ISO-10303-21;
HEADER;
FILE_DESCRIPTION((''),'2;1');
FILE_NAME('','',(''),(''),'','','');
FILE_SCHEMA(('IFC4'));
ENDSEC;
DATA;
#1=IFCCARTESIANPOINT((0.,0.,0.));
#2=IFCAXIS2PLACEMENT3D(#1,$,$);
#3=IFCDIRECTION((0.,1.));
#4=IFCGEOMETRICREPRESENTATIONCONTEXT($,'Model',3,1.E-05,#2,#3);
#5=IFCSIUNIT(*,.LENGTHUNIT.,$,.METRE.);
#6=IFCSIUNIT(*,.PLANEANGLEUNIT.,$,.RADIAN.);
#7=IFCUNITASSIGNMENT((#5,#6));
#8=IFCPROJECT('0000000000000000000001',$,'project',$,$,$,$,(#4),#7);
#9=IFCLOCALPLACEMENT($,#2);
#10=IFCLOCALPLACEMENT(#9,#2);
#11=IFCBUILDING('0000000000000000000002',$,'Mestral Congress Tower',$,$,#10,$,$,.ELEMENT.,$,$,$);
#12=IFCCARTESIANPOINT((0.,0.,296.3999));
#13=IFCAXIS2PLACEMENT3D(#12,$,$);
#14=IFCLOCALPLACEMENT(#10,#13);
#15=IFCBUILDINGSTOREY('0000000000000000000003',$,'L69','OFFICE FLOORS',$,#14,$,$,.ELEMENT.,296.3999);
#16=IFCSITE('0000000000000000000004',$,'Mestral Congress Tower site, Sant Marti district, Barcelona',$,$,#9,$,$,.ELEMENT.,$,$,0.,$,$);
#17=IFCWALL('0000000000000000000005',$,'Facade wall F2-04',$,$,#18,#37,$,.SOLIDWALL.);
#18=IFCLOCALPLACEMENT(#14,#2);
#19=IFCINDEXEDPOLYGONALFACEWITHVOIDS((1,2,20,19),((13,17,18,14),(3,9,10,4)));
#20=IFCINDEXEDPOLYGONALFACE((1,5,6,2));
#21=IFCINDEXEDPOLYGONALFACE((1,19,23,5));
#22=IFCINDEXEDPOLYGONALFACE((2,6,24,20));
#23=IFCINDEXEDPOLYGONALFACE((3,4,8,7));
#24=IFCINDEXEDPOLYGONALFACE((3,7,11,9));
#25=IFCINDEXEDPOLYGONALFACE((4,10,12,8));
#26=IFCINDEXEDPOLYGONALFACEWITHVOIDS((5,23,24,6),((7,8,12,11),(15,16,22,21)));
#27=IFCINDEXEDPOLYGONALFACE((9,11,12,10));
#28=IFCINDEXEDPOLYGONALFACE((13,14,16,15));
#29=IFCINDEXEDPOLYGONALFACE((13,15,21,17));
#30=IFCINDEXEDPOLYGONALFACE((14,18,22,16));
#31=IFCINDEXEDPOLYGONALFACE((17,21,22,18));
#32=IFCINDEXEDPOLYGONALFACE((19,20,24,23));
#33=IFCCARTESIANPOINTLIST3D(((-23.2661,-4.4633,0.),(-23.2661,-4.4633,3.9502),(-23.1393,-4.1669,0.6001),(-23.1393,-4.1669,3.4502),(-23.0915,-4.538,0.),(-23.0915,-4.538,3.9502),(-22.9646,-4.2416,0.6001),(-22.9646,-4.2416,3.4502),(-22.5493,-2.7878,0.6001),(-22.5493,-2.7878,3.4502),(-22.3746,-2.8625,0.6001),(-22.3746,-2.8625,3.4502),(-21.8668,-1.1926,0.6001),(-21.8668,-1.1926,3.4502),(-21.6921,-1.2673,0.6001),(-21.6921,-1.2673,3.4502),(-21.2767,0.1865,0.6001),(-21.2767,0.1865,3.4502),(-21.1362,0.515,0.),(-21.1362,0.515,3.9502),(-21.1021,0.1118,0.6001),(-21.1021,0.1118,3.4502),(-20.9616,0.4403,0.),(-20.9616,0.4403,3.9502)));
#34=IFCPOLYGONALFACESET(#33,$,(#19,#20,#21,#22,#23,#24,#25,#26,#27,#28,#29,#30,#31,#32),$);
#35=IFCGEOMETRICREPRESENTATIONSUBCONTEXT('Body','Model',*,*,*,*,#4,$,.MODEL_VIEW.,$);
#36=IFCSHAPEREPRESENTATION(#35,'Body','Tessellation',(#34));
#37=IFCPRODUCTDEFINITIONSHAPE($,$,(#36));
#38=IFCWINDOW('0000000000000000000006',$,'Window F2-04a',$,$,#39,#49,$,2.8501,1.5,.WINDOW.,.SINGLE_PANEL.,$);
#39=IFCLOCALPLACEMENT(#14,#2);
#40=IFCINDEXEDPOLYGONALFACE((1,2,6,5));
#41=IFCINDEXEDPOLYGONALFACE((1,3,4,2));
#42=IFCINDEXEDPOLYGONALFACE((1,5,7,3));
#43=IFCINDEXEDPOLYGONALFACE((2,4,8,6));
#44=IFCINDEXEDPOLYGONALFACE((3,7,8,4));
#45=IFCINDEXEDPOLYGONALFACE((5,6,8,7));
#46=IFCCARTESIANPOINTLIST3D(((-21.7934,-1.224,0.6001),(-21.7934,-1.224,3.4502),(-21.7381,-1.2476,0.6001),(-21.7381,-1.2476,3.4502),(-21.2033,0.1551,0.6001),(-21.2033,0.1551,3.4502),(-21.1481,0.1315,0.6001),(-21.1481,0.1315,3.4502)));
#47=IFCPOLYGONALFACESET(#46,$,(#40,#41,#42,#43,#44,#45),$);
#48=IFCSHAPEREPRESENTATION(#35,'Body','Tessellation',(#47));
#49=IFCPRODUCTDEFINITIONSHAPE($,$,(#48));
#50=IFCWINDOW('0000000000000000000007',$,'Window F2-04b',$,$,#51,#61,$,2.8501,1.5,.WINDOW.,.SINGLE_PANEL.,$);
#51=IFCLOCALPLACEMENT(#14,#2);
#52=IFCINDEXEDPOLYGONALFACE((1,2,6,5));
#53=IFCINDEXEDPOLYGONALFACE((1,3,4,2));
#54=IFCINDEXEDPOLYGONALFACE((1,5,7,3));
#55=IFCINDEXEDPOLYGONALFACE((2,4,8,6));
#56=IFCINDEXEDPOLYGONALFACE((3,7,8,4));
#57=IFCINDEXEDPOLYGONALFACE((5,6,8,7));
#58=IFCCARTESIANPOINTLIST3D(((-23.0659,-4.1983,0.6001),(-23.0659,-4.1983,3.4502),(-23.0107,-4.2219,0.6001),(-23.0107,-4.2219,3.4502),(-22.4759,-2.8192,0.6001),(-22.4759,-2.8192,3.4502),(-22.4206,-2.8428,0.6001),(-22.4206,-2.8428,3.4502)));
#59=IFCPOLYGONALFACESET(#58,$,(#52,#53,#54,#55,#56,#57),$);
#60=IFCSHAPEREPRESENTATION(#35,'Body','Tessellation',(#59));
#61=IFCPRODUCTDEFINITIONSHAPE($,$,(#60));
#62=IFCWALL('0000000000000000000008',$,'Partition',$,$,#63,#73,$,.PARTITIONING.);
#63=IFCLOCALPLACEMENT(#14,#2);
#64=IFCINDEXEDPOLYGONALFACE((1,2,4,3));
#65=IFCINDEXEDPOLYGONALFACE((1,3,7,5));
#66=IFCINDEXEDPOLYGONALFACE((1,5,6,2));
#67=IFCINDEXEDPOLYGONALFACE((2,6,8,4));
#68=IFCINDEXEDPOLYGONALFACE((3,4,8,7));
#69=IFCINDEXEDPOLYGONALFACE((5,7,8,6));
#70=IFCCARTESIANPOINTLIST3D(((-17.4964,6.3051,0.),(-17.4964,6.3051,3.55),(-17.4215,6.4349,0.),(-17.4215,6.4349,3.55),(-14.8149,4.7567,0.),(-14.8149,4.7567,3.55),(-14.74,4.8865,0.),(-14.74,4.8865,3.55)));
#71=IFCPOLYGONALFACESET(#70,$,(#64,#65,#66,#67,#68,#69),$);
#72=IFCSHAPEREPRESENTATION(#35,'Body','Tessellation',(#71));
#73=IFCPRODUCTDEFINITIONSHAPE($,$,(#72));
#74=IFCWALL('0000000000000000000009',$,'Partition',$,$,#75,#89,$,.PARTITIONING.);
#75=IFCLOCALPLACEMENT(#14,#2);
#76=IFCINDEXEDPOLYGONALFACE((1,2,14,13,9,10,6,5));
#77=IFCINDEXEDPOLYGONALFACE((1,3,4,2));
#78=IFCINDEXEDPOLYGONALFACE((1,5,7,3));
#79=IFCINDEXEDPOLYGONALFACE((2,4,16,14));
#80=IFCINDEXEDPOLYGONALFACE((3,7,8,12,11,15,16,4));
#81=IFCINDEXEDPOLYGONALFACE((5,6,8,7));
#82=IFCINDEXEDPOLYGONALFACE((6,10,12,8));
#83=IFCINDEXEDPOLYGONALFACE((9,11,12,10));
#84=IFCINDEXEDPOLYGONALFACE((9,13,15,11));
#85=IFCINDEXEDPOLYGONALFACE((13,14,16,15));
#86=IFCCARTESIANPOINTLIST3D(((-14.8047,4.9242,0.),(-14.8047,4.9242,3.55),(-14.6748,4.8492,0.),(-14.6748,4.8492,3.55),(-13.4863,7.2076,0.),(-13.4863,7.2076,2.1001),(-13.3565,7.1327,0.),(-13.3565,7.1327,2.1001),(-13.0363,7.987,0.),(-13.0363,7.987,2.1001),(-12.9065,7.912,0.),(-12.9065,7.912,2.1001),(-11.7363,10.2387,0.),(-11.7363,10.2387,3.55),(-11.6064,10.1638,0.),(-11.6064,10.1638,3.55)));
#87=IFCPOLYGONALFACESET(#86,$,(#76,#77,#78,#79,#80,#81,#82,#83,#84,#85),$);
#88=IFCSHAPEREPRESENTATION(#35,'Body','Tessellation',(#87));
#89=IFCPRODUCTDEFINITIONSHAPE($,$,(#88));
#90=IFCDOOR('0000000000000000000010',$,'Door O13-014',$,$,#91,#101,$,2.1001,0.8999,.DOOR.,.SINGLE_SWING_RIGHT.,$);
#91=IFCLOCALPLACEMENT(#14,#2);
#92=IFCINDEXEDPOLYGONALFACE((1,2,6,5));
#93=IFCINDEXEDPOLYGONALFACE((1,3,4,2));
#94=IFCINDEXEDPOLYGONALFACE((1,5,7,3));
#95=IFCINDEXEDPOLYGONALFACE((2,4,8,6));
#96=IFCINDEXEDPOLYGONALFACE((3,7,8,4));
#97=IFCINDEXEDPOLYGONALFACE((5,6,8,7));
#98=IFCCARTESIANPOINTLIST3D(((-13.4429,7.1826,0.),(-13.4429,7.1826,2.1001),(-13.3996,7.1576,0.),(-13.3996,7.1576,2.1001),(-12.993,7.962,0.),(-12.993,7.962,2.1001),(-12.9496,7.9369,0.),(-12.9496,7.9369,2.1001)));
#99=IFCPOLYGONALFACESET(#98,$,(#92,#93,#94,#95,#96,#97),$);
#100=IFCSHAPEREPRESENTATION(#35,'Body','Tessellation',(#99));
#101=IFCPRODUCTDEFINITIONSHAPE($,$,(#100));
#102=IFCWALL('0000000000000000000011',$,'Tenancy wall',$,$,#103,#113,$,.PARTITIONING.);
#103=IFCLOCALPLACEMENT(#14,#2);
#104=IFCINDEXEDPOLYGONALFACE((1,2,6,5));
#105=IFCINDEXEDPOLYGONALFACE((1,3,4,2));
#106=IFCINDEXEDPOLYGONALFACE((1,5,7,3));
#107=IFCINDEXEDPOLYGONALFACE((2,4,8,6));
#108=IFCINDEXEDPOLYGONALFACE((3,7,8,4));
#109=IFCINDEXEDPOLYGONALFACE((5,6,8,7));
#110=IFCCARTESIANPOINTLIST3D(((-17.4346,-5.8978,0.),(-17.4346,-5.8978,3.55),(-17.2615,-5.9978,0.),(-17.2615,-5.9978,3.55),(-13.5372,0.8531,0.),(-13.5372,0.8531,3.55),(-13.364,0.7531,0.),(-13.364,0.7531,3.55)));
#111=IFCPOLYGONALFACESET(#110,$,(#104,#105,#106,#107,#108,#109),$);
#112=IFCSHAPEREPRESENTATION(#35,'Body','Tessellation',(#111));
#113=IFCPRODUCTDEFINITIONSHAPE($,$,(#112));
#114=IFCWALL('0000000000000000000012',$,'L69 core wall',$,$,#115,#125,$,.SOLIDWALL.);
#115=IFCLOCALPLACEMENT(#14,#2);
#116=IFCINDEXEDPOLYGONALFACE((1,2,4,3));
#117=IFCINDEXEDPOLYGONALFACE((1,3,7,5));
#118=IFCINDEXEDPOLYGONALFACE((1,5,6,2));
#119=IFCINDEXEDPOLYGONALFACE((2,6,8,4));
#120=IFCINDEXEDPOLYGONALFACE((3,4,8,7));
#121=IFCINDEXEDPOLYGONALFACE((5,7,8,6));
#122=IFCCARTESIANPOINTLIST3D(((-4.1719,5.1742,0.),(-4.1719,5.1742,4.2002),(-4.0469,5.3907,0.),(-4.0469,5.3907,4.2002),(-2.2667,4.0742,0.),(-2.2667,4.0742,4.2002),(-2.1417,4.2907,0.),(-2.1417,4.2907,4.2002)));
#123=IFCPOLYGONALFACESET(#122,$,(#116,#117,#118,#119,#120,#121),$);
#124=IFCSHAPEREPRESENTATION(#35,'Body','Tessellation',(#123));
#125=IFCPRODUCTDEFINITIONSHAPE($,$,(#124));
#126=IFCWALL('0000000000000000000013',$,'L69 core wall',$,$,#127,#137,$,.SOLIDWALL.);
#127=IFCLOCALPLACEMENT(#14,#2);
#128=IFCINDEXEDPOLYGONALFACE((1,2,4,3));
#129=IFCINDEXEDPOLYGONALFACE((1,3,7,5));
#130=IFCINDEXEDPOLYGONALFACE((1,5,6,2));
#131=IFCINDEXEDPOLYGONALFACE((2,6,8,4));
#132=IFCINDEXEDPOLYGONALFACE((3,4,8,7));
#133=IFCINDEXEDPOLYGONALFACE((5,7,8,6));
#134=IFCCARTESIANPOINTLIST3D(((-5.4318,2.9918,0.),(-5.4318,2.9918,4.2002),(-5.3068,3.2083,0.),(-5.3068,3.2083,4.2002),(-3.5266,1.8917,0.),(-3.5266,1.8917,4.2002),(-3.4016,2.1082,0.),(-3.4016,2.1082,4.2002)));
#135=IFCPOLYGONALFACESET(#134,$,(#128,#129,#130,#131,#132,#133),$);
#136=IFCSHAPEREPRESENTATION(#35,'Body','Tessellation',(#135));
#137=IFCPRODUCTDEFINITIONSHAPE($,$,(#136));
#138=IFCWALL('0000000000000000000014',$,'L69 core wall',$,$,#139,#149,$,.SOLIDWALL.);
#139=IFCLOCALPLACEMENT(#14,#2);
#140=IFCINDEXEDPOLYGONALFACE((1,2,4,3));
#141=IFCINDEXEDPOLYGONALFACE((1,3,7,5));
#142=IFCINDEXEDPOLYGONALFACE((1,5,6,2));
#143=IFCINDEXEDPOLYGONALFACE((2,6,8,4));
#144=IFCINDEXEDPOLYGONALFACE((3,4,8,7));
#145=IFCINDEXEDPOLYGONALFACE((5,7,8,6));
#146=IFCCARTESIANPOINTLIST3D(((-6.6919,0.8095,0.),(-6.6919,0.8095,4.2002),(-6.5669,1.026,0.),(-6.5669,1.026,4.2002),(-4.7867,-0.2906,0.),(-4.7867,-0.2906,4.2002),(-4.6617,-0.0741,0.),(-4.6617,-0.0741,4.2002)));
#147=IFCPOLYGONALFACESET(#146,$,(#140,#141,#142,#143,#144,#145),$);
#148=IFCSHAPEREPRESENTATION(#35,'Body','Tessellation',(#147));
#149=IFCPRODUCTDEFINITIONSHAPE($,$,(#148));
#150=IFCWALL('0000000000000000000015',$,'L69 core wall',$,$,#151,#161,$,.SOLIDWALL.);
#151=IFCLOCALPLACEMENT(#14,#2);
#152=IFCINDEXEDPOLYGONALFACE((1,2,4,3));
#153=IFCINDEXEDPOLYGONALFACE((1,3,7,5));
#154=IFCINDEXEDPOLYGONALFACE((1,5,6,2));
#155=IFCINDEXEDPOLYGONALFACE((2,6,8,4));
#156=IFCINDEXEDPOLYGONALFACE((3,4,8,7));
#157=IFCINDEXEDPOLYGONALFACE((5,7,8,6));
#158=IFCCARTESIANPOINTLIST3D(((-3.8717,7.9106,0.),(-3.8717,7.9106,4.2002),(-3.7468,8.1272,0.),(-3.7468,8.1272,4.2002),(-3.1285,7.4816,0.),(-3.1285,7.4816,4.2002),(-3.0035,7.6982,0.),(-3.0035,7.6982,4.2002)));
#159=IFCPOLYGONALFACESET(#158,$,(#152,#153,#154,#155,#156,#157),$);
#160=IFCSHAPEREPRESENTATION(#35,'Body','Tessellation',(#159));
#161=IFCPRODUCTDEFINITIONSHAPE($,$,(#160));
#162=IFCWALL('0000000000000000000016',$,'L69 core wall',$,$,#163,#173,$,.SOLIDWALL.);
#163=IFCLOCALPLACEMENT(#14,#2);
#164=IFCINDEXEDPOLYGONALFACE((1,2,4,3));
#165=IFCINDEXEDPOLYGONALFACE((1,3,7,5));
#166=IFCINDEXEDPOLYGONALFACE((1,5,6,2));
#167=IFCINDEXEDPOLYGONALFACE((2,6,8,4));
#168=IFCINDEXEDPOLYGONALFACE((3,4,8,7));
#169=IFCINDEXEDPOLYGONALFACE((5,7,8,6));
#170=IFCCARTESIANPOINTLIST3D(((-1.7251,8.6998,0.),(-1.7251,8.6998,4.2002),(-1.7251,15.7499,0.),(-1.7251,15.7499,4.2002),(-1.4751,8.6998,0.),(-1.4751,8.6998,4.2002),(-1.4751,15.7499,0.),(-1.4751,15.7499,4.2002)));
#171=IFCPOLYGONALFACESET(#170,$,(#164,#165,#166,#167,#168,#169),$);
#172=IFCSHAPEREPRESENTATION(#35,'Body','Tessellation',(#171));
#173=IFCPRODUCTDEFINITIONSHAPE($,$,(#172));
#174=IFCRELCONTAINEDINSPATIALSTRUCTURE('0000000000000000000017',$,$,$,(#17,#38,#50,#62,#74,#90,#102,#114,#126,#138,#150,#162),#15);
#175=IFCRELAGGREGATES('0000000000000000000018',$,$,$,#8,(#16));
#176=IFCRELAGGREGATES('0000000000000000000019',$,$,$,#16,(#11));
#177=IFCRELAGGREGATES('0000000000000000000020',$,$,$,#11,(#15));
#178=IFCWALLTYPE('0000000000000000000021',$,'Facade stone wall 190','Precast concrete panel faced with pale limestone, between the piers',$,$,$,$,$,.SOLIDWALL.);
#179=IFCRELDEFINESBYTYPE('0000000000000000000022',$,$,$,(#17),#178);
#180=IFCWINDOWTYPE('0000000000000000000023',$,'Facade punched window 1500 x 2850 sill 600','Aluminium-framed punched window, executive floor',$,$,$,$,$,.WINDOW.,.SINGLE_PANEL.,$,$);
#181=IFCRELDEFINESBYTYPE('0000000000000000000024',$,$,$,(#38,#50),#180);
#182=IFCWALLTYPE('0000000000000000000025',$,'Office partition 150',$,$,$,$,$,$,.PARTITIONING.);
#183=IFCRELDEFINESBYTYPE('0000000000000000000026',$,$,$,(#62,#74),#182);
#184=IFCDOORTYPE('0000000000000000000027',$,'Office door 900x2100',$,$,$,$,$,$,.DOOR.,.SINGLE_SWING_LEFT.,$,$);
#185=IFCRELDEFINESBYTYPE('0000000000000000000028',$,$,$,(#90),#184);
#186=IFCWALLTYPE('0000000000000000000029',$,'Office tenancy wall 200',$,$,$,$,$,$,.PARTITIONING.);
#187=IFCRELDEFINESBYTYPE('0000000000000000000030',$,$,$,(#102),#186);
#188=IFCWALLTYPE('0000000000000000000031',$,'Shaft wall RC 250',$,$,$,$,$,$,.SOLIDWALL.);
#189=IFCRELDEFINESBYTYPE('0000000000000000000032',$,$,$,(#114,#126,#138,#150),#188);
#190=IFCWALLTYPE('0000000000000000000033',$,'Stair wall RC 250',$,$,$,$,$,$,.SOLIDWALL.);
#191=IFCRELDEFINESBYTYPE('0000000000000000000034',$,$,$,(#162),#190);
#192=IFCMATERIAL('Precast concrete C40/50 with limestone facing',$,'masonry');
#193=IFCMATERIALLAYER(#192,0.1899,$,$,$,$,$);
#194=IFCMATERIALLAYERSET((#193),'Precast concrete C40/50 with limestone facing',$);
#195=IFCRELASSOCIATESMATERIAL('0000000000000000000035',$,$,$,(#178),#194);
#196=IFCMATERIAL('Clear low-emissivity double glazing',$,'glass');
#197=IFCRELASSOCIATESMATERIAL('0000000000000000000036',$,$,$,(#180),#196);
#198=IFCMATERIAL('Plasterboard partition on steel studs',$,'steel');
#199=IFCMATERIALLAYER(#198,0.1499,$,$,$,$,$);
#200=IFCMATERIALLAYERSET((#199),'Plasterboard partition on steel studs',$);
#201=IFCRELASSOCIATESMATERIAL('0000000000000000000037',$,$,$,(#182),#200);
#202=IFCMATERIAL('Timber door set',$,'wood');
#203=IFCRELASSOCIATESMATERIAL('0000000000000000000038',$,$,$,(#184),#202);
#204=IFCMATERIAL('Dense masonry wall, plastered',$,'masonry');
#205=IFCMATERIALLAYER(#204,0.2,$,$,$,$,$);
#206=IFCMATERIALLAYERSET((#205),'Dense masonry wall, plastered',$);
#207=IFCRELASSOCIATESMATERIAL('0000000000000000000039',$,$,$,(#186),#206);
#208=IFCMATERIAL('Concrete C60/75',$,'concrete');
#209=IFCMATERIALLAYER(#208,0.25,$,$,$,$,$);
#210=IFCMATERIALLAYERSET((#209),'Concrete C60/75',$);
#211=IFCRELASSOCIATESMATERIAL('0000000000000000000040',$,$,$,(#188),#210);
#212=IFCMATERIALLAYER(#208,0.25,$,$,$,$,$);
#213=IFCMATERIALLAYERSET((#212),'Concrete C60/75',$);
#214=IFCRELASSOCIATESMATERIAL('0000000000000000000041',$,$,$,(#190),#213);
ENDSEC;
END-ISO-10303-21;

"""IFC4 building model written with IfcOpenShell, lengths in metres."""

from ifc_helpers import new_model, si_unit, direction, frame, frame_2d, origin, place, context, subcontext, project, spatial, rectangle, extrude, material, layer, layer_set, type_object, element, fill, save


model = new_model("IFC4")

# Units and contexts
model_context = context("Model", 3, precision=1e-05, world=origin(), true_north=direction((0.0, 1.0)))
body_context = subcontext(model_context, "Body", "Model", "MODEL_VIEW")
ifc_project = project(units=[si_unit("LENGTHUNIT", "METRE"), si_unit("PLANEANGLEUNIT", "RADIAN")], contexts=[model_context])

# Site, building, storey
site_placement = place(None, origin())
site = spatial("IfcSite", under=ifc_project, at=site_placement, Name="Mestral Congress Tower site, Sant Marti district, Barcelona", CompositionType="ELEMENT", RefElevation=0.0)
building_placement = place(site_placement, origin())
building = spatial("IfcBuilding", under=site, at=building_placement, Name="Mestral Congress Tower", CompositionType="ELEMENT")
storey_placement = place(building_placement, frame((0.0, 0.0, 296.3999)))
storey = spatial("IfcBuildingStorey", under=building, at=storey_placement, Name="L69", Description="OFFICE FLOORS", CompositionType="ELEMENT", Elevation=296.3999)

# Shared definitions
ifc_material_1 = material(Name="Concrete C60/75", Category="concrete")

# Wall, openings, windows
ifc_material_2 = material(Name="Precast concrete C40/50 with limestone facing", Category="masonry")
ifc_layer_1 = layer(ifc_material_2, 0.1899)
ifc_layer_set_1 = layer_set([ifc_layer_1], Name="Precast concrete C40/50 with limestone facing")
wall_type_1 = type_object("IfcWallType", Name="Facade stone wall 190", Description="Precast concrete panel faced with pale limestone, between the piers", PredefinedType="SOLIDWALL", material=ifc_layer_set_1)
ifc_material_3 = material(Name="Clear low-emissivity double glazing", Category="glass")
window_type = type_object("IfcWindowType", Name="Facade punched window 1500 x 2850 sill 600", Description="Aluminium-framed punched window, executive floor", PartitioningType="SINGLE_PANEL", PredefinedType="WINDOW", material=ifc_material_3)
wall_1_placement = place(storey_placement, frame((-21.0488, 0.4778, 0.0), z_axis=(0.0, 0.0, 1.0), x_axis=(-0.393348, -0.91939, 0.0)))
wall_1 = element("IfcWall", 1, at=wall_1_placement, inside=storey, type_object=wall_type_1, Name="Facade wall F2-04", PredefinedType="SOLIDWALL", context=body_context, shape_type="SweptSolid", body=[
    extrude(rectangle(XDim=5.4148, YDim=0.1899, at=frame_2d((2.7075, 0.0))), origin(), (0.0, 0.0, 1.0), 3.9502),
])
opening_1_placement = place(wall_1_placement, frame((0.3574, 0.0, 0.6001)))
opening_1 = element("IfcOpeningElement", 2, at=opening_1_placement, cuts=wall_1, PredefinedType="OPENING", context=body_context, shape_type="SweptSolid", body=[
    extrude(rectangle(XDim=1.5, YDim=2.8501, at=frame_2d((0.75, 1.425))), frame((0.0, 0.105, 0.0), z_axis=(0.0, -1.0, 0.0), x_axis=(1.0, 0.0, 0.0)), (0.0, 0.0, 1.0), 0.21),
])
opening_2_placement = place(wall_1_placement, frame((3.5925, 0.0, 0.6001)))
opening_2 = element("IfcOpeningElement", 3, at=opening_2_placement, cuts=wall_1, PredefinedType="OPENING", context=body_context, shape_type="SweptSolid", body=[
    extrude(rectangle(XDim=1.5, YDim=2.8501, at=frame_2d((0.75, 1.425))), frame((0.0, 0.105, 0.0), z_axis=(0.0, -1.0, 0.0), x_axis=(1.0, 0.0, 0.0)), (0.0, 0.0, 1.0), 0.21),
])
window_1_placement = place(opening_1_placement, origin())
window_1 = element("IfcWindow", 4, at=window_1_placement, inside=storey, type_object=window_type, Name="Window F2-04a", OverallHeight=2.8501, OverallWidth=1.5, PartitioningType="SINGLE_PANEL", PredefinedType="WINDOW", context=body_context, shape_type="SweptSolid", body=[
    extrude(rectangle(XDim=1.5, YDim=2.8501, at=frame_2d((0.75, 1.425))), frame((0.0, 0.0449, 0.0), z_axis=(0.0, -1.0, 0.0), x_axis=(1.0, 0.0, 0.0)), (0.0, 0.0, 1.0), 0.0601),
])
fill(opening_1, window_1)
window_2_placement = place(opening_2_placement, origin())
window_2 = element("IfcWindow", 5, at=window_2_placement, inside=storey, type_object=window_type, Name="Window F2-04b", OverallHeight=2.8501, OverallWidth=1.5, PartitioningType="SINGLE_PANEL", PredefinedType="WINDOW", context=body_context, shape_type="SweptSolid", body=[
    extrude(rectangle(XDim=1.5, YDim=2.8501, at=frame_2d((0.75, 1.425))), frame((0.0, 0.0449, 0.0), z_axis=(0.0, -1.0, 0.0), x_axis=(1.0, 0.0, 0.0)), (0.0, 0.0, 1.0), 0.0601),
])
fill(opening_2, window_2)

# Wall
ifc_material_4 = material(Name="Plasterboard partition on steel studs", Category="steel")
ifc_layer_2 = layer(ifc_material_4, 0.1499)
ifc_layer_set_2 = layer_set([ifc_layer_2], Name="Plasterboard partition on steel studs")
wall_type_2 = type_object("IfcWallType", Name="Office partition 150", PredefinedType="PARTITIONING", material=ifc_layer_set_2)
wall_2_placement = place(storey_placement, frame((-14.7773, 4.8215, 0.0), z_axis=(0.0, 0.0, 1.0), x_axis=(-0.865993, 0.500057, 0.0)))
element("IfcWall", 6, at=wall_2_placement, inside=storey, type_object=wall_type_2, Name="Partition", PredefinedType="PARTITIONING", context=body_context, shape_type="SweptSolid", body=[
    extrude(rectangle(XDim=3.0964, YDim=0.1499, at=frame_2d((1.5483, 0.0))), origin(), (0.0, 0.0, 1.0), 3.55),
])

# Wall, opening, door
wall_3_placement = place(storey_placement, frame((-14.7397, 4.8867, 0.0), z_axis=(0.0, 0.0, 1.0), x_axis=(0.500007, 0.866021, 0.0)))
wall_3 = element("IfcWall", 7, at=wall_3_placement, inside=storey, type_object=wall_type_2, Name="Partition", PredefinedType="PARTITIONING", context=body_context, shape_type="SweptSolid", body=[
    extrude(rectangle(XDim=6.1367, YDim=0.1499, at=frame_2d((3.0684, 0.0))), origin(), (0.0, 0.0, 1.0), 3.55),
])
opening_3_placement = place(wall_3_placement, frame((2.6367, 0.0, 0.0)))
opening_3 = element("IfcOpeningElement", 8, at=opening_3_placement, cuts=wall_3, PredefinedType="OPENING", context=body_context, shape_type="SweptSolid", body=[
    extrude(rectangle(XDim=0.8999, YDim=2.1001, at=frame_2d((0.45, 1.05))), frame((0.0, 0.085, 0.0), z_axis=(0.0, -1.0, 0.0), x_axis=(1.0, 0.0, 0.0)), (0.0, 0.0, 1.0), 0.1699),
])
ifc_material_5 = material(Name="Timber door set", Category="wood")
door_type_1 = type_object("IfcDoorType", Name="Office door 900x2100", OperationType="SINGLE_SWING_LEFT", PredefinedType="DOOR", material=ifc_material_5)
door_1_placement = place(opening_3_placement, origin())
door_1 = element("IfcDoor", 9, at=door_1_placement, inside=storey, type_object=door_type_1, Name="Door O13-014", OperationType="SINGLE_SWING_RIGHT", OverallHeight=2.1001, OverallWidth=0.8999, PredefinedType="DOOR", context=body_context, shape_type="SweptSolid", body=[
    extrude(rectangle(XDim=0.8999, YDim=2.1001, at=frame_2d((0.45, 1.05))), frame((0.0, 0.0249, 0.0), z_axis=(0.0, -1.0, 0.0), x_axis=(1.0, 0.0, 0.0)), (0.0, 0.0, 1.0), 0.05),
])
fill(opening_3, door_1)

# Walls
ifc_material_6 = material(Name="Dense masonry wall, plastered", Category="masonry")
ifc_layer_3 = layer(ifc_material_6, 0.2)
ifc_layer_set_3 = layer_set([ifc_layer_3], Name="Dense masonry wall, plastered")
wall_type_3 = type_object("IfcWallType", Name="Office tenancy wall 200", PredefinedType="PARTITIONING", material=ifc_layer_set_3)
wall_4_placement = place(storey_placement, frame((-13.4507, 0.803, 0.0), z_axis=(0.0, 0.0, 1.0), x_axis=(-0.499979, -0.866037, 0.0)))
element("IfcWall", 10, at=wall_4_placement, inside=storey, type_object=wall_type_3, Name="Tenancy wall", PredefinedType="PARTITIONING", context=body_context, shape_type="SweptSolid", body=[
    extrude(rectangle(XDim=7.7952, YDim=0.2, at=frame_2d((3.8975, 0.0))), origin(), (0.0, 0.0, 1.0), 3.55),
])
ifc_layer_4 = layer(ifc_material_1, 0.25)
ifc_layer_set_4 = layer_set([ifc_layer_4], Name="Concrete C60/75")
wall_type_4 = type_object("IfcWallType", Name="Shaft wall RC 250", PredefinedType="SOLIDWALL", material=ifc_layer_set_4)
for number, where, z_axis, x_axis, name in (
    (11, (-2.2041, 4.1824, 0.0), (0.0, 0.0, 1.0), (-0.866008, 0.50003, 0.0), "L69 core wall"),
    (12, (-5.3694, 3.1001, 0.0), (0.0, 0.0, 1.0), (0.866008, -0.50003, 0.0), "L69 core wall"),
    (13, (-4.7241, -0.1824, 0.0), (0.0, 0.0, 1.0), (-0.866008, 0.50003, 0.0), "L69 core wall"),
):
    element("IfcWall", number, at=place(storey_placement, frame(where, z_axis=z_axis, x_axis=x_axis)), inside=storey, type_object=wall_type_4, Name=name, PredefinedType="SOLIDWALL", context=body_context, shape_type="SweptSolid", body=[
        extrude(rectangle(XDim=2.2, YDim=0.25, at=frame_2d((1.1001, 0.0))), origin(), (0.0, 0.0, 1.0), 4.2002),
    ])
wall_5_placement = place(storey_placement, frame((-3.0659, 7.5898, 0.0), z_axis=(0.0, 0.0, 1.0), x_axis=(-0.866081, 0.499903, 0.0)))
element("IfcWall", 14, at=wall_5_placement, inside=storey, type_object=wall_type_4, Name="L69 core wall", PredefinedType="SOLIDWALL", context=body_context, shape_type="SweptSolid", body=[
    extrude(rectangle(XDim=0.8582, YDim=0.25, at=frame_2d((0.4292, 0.0))), origin(), (0.0, 0.0, 1.0), 4.2002),
])
ifc_layer_5 = layer(ifc_material_1, 0.25)
ifc_layer_set_5 = layer_set([ifc_layer_5], Name="Concrete C60/75")
wall_type_5 = type_object("IfcWallType", Name="Stair wall RC 250", PredefinedType="SOLIDWALL", material=ifc_layer_set_5)
wall_6_placement = place(storey_placement, frame((-1.6001, 8.7, 0.0), z_axis=(0.0, 0.0, 1.0), x_axis=(0.0, 1.0, 0.0)))
element("IfcWall", 15, at=wall_6_placement, inside=storey, type_object=wall_type_5, Name="L69 core wall", PredefinedType="SOLIDWALL", context=body_context, shape_type="SweptSolid", body=[
    extrude(rectangle(XDim=7.05, YDim=0.25, at=frame_2d((3.5249, 0.0))), origin(), (0.0, 0.0, 1.0), 4.2002),
])

save(model, "model.ifc")
